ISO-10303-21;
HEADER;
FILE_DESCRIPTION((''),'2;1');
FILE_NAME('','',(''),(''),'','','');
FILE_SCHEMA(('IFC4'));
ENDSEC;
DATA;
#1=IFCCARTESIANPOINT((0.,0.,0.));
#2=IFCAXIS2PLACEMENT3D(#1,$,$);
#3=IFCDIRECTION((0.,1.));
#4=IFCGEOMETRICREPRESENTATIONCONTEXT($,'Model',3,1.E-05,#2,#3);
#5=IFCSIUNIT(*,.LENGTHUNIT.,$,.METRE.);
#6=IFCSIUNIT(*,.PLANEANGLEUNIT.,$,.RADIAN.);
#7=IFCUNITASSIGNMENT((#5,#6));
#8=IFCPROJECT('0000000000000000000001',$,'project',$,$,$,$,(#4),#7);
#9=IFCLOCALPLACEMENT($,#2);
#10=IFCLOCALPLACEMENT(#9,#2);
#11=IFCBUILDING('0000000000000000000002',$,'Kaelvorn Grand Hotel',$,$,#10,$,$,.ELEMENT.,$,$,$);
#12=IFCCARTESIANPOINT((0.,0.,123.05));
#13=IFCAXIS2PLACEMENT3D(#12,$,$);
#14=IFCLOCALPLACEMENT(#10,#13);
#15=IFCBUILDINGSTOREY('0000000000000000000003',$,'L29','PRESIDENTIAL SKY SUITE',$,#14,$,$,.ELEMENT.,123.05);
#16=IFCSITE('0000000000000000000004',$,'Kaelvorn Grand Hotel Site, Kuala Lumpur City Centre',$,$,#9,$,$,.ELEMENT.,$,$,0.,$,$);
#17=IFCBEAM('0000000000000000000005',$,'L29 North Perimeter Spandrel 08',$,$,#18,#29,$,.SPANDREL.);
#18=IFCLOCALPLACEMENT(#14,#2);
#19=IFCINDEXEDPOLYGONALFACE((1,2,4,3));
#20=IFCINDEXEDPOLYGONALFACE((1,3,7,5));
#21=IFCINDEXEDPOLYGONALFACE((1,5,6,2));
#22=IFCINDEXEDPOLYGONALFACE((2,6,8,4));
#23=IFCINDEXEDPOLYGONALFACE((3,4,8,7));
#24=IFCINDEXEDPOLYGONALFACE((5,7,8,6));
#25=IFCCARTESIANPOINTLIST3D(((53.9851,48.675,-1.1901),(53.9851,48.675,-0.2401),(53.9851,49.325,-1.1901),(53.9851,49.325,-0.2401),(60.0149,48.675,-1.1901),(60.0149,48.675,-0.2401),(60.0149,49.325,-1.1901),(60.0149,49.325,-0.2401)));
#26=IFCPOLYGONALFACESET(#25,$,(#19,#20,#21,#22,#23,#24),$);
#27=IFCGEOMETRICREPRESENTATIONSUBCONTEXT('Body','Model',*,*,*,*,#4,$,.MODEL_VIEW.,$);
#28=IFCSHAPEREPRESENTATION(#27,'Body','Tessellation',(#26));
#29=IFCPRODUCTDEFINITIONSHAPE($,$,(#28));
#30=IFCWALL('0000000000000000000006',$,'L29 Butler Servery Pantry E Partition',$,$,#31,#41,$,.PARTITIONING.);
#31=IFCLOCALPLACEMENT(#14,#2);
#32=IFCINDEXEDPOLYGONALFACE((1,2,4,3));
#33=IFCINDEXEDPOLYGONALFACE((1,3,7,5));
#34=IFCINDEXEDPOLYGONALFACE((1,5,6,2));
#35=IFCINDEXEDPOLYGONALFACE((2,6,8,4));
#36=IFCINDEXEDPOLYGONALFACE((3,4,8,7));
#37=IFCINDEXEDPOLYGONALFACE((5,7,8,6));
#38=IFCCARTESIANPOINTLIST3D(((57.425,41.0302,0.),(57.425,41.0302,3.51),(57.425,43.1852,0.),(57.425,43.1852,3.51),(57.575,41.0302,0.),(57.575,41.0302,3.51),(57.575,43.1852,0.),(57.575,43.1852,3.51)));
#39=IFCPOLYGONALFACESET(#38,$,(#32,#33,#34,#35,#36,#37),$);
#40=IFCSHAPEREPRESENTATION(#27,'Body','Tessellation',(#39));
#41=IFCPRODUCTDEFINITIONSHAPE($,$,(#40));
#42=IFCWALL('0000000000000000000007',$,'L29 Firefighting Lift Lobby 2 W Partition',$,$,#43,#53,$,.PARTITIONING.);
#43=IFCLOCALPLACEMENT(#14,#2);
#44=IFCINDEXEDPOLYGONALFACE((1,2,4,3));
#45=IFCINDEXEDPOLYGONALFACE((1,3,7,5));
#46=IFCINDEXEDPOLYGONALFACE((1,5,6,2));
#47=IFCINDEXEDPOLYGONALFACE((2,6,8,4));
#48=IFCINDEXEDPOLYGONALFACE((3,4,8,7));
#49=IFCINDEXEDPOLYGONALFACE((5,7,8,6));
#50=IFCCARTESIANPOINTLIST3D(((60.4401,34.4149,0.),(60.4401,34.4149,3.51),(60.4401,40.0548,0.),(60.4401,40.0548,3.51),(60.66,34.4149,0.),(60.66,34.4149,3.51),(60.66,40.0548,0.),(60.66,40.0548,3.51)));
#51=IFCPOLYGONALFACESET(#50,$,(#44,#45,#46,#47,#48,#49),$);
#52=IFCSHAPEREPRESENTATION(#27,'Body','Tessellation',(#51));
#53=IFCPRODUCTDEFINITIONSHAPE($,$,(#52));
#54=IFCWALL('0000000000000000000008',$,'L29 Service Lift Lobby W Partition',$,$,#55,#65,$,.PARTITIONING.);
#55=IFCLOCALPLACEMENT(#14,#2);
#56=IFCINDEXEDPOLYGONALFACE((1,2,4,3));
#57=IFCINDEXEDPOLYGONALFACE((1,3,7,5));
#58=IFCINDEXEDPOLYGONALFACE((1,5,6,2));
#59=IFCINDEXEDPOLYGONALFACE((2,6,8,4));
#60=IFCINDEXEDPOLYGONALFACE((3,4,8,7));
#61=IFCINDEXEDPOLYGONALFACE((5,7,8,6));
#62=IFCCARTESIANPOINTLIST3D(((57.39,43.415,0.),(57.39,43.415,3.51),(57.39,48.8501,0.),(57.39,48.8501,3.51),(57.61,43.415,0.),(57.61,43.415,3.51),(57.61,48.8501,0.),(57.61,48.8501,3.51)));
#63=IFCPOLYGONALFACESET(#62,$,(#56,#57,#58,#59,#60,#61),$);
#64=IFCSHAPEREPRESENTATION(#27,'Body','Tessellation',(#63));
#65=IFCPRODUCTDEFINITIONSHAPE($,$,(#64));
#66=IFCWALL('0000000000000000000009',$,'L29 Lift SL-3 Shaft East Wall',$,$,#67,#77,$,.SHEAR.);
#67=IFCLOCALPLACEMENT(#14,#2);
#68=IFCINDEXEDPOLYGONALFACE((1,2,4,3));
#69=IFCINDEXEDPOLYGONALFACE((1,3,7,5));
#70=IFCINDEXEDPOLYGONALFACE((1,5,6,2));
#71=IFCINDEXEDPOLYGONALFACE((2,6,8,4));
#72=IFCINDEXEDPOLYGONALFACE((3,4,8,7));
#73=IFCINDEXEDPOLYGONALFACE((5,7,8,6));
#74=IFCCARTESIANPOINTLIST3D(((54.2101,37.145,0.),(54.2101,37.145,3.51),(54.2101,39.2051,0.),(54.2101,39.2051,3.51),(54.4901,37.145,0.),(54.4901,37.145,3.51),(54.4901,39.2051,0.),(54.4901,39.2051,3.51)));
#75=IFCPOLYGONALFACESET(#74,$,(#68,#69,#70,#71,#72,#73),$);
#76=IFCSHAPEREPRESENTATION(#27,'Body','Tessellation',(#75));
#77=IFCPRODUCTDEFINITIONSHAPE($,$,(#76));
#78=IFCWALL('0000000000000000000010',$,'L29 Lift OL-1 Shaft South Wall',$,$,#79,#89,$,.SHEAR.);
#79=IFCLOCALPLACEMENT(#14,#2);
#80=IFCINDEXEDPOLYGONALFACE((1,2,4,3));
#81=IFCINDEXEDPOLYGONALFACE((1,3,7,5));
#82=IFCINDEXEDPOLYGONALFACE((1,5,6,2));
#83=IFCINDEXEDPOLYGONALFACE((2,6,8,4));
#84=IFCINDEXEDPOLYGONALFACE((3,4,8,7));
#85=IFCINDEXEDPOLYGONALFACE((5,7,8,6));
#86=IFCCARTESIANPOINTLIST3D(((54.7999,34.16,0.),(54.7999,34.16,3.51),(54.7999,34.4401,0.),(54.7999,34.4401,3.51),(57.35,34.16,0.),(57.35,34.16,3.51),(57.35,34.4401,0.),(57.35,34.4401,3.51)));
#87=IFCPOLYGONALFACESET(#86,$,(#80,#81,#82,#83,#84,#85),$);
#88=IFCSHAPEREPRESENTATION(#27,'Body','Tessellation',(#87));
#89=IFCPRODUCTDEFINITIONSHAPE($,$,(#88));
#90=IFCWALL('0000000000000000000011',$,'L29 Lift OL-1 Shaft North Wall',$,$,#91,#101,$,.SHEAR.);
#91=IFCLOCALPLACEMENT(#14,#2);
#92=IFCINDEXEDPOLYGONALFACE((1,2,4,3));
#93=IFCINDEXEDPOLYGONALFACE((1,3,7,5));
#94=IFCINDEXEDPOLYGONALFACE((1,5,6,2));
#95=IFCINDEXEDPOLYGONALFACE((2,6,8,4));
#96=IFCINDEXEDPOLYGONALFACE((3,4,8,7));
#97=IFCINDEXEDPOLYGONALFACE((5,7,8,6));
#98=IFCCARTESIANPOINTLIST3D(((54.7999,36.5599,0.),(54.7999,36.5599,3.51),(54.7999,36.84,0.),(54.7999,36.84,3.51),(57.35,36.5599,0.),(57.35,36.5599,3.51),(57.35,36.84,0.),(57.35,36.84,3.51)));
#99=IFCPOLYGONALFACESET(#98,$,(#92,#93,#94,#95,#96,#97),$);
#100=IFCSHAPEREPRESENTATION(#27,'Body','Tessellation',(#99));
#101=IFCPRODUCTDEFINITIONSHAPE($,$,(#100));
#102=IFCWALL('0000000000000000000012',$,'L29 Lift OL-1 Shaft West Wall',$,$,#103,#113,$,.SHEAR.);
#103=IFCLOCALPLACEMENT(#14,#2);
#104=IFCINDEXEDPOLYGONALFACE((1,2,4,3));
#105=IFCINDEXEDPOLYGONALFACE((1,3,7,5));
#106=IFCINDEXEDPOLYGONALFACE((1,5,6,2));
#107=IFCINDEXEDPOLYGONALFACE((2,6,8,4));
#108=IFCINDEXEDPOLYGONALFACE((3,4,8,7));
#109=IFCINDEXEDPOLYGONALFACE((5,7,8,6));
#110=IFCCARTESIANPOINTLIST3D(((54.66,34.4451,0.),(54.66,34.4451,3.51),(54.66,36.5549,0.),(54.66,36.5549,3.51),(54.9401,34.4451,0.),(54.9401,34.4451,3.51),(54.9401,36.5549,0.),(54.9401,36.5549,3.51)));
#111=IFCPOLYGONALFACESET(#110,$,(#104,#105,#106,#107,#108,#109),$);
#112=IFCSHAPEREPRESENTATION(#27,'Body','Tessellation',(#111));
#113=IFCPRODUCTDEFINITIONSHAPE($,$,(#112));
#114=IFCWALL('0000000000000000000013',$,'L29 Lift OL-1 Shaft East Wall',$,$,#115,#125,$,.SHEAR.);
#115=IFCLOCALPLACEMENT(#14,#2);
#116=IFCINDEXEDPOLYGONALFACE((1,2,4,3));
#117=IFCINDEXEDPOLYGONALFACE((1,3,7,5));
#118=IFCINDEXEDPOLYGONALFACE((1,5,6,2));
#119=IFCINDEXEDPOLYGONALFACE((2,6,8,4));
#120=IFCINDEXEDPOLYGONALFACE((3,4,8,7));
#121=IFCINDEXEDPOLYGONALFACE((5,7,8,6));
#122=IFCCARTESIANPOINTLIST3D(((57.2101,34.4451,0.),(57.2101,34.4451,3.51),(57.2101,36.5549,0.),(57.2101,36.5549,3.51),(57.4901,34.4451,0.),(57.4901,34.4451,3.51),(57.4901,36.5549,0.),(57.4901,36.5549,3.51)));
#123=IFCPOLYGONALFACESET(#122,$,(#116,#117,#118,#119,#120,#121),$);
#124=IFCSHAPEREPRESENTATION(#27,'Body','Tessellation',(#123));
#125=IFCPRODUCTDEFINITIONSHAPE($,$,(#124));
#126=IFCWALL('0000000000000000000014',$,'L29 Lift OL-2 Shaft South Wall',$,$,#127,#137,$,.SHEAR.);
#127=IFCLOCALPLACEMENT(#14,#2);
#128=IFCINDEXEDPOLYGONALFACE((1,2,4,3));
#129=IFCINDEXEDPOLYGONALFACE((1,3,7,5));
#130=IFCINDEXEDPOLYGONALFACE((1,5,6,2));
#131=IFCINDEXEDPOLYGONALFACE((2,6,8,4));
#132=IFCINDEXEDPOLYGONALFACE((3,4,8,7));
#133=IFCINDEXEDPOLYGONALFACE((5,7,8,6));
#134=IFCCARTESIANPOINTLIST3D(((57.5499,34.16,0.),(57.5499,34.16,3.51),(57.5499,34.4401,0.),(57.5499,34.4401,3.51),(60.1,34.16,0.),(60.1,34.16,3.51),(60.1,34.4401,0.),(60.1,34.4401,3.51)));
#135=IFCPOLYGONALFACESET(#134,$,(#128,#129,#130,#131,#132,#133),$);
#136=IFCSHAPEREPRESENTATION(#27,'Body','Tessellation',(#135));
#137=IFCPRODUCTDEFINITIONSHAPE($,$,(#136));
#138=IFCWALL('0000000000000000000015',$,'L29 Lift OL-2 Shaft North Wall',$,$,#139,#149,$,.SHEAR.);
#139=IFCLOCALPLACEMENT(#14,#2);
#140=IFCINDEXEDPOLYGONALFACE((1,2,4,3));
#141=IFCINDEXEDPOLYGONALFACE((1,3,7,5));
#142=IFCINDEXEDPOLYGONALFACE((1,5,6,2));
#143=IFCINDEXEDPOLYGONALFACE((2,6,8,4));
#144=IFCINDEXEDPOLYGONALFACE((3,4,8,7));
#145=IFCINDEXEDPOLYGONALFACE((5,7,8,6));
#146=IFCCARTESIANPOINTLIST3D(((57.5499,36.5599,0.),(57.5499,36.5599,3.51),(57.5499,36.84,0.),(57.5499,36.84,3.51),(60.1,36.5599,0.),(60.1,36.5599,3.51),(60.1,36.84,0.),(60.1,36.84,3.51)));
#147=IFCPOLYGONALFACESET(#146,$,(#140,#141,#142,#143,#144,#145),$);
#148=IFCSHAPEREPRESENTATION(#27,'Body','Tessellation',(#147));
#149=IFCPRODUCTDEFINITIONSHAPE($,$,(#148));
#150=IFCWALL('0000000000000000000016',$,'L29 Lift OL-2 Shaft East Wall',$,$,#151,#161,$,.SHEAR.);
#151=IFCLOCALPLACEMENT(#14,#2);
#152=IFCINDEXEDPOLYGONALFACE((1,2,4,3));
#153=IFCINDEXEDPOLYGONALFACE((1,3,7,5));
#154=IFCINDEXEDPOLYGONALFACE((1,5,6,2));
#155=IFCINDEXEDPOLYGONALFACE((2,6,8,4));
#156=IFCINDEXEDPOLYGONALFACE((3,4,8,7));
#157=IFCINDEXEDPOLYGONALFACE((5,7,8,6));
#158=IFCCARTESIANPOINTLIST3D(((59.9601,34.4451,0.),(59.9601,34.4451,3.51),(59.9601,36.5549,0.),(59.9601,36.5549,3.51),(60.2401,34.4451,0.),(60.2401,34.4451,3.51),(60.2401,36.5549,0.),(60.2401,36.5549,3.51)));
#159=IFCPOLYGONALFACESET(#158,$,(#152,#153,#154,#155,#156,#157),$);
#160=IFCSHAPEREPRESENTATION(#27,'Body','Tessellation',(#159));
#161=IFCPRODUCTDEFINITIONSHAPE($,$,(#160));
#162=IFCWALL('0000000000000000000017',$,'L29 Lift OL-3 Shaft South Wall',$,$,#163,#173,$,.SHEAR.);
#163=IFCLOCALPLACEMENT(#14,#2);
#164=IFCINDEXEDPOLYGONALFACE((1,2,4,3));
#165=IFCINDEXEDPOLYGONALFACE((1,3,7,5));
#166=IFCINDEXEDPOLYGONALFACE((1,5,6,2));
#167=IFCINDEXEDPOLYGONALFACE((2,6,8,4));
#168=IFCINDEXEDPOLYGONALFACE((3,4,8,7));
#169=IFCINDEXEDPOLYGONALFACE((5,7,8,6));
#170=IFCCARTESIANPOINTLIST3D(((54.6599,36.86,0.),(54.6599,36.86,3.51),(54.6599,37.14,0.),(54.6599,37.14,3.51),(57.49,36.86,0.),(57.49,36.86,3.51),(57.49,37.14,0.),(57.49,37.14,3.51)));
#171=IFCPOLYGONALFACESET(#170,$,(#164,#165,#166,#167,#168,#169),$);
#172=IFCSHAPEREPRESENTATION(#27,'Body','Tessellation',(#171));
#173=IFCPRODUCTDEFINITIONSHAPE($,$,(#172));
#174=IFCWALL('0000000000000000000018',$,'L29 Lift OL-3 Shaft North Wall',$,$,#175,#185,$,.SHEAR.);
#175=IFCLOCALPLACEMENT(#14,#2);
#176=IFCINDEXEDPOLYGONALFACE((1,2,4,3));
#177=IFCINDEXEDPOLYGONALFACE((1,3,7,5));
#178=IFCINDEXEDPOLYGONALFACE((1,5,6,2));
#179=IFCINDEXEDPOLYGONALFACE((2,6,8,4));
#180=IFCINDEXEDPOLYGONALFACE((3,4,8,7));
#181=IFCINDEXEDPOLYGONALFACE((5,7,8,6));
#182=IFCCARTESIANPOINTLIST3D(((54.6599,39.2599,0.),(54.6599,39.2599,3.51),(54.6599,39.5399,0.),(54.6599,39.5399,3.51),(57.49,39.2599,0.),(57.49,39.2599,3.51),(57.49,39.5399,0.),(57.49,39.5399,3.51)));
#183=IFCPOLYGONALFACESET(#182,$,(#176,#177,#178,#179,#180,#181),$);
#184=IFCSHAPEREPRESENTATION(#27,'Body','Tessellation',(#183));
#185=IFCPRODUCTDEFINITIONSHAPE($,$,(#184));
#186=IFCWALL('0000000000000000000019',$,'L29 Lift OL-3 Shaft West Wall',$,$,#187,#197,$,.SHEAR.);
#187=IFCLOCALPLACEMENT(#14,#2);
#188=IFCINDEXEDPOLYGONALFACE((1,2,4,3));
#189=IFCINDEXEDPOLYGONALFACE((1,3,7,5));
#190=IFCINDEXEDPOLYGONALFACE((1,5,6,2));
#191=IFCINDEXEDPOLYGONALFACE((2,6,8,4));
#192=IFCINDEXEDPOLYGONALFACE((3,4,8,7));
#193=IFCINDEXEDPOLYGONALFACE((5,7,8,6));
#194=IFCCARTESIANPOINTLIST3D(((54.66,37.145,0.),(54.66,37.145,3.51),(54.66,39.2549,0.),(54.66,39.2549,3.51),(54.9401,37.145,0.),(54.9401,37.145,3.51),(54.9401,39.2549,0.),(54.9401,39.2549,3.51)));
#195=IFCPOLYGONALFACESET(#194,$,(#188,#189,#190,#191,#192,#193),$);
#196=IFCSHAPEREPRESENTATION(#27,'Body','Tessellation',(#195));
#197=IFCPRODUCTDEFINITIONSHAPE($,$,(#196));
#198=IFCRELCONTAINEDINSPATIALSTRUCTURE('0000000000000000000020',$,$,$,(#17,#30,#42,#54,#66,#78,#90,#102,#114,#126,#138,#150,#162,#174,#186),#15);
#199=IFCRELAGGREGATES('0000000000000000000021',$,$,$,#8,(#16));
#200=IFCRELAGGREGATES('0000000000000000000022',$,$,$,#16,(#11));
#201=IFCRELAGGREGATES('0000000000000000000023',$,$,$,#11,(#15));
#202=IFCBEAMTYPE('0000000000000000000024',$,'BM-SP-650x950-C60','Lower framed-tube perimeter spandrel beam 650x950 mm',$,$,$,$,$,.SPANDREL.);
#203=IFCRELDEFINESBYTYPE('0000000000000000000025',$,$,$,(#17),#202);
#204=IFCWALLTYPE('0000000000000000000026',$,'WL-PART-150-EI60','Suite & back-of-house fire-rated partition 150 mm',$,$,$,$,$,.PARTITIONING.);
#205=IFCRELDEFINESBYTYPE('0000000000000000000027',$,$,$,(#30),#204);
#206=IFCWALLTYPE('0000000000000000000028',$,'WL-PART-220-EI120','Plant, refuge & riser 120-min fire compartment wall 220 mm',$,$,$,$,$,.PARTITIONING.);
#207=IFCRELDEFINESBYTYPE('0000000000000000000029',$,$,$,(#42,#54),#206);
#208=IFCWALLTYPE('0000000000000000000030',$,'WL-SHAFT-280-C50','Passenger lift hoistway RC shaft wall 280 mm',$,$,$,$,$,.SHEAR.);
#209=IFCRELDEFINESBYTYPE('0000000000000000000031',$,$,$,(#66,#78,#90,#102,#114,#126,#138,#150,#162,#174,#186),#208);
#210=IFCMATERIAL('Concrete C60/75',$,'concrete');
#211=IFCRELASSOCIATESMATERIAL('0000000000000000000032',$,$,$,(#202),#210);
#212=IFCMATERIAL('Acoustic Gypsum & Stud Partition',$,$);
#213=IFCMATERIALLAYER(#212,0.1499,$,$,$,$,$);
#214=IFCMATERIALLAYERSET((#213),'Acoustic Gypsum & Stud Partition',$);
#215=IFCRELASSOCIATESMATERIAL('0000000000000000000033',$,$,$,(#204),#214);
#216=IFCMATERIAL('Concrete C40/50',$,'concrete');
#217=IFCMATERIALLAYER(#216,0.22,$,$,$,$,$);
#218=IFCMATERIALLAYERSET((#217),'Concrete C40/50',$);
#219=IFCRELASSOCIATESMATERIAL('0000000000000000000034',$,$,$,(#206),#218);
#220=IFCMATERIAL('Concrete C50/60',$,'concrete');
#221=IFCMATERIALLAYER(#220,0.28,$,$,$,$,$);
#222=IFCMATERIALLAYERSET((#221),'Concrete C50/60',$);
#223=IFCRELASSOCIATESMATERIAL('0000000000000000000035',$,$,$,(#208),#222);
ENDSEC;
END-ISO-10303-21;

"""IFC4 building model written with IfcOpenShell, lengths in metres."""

from ifc_helpers import new_model, si_unit, direction, frame, frame_2d, origin, origin_2d, place, context, subcontext, project, spatial, rectangle, extrude, material, layer, layer_set, material_profile, profile_set, type_object, element, save


model = new_model("IFC4")

# Units and contexts
model_context = context("Model", 3, precision=1e-05, world=origin(), true_north=direction((0.0, 1.0)))
body_context = subcontext(model_context, "Body", "Model", "MODEL_VIEW")
ifc_project = project(units=[si_unit("LENGTHUNIT", "METRE"), si_unit("PLANEANGLEUNIT", "RADIAN")], contexts=[model_context])

# Site, building, storey
site_placement = place(None, origin())
site = spatial("IfcSite", under=ifc_project, at=site_placement, Name="Kaelvorn Grand Hotel Site, Kuala Lumpur City Centre", CompositionType="ELEMENT", RefElevation=0.0)
building_placement = place(site_placement, origin())
building = spatial("IfcBuilding", under=site, at=building_placement, Name="Kaelvorn Grand Hotel", CompositionType="ELEMENT")
storey_placement = place(building_placement, frame((0.0, 0.0, 123.05)))
storey = spatial("IfcBuildingStorey", under=building, at=storey_placement, Name="L29", Description="PRESIDENTIAL SKY SUITE", CompositionType="ELEMENT", Elevation=123.05)

# Beam
ifc_material_1 = material(Name="Concrete C60/75", Category="concrete")
ifc_material_profile = material_profile(ifc_material_1, rectangle(XDim=0.6499, YDim=0.95, at=origin_2d()), Name="RC SPANDREL 650x950")
ifc_profile_set = profile_set([ifc_material_profile], Name="Concrete C60/75")
beam_type = type_object("IfcBeamType", Name="BM-SP-650x950-C60", Description="Lower framed-tube perimeter spandrel beam 650x950 mm", PredefinedType="SPANDREL", material=ifc_profile_set)
beam_placement = place(storey_placement, frame((53.9851, 49.0, -0.7151), z_axis=(1.0, 0.0, 0.0), x_axis=(0.0, 1.0, 0.0)))
element("IfcBeam", 1, at=beam_placement, inside=storey, type_object=beam_type, Name="L29 North Perimeter Spandrel 08", PredefinedType="SPANDREL", context=body_context, shape_type="SweptSolid", body=[
    extrude(rectangle(XDim=0.6499, YDim=0.95, at=origin_2d()), origin(), (0.0, 0.0, 1.0), 6.0298),
])

# Wall
ifc_material_2 = material(Name="Acoustic Gypsum & Stud Partition")
ifc_layer_1 = layer(ifc_material_2, 0.1499)
ifc_layer_set_1 = layer_set([ifc_layer_1], Name="Acoustic Gypsum & Stud Partition")
wall_type_1 = type_object("IfcWallType", Name="WL-PART-150-EI60", Description="Suite & back-of-house fire-rated partition 150 mm", PredefinedType="PARTITIONING", material=ifc_layer_set_1)
wall_1_placement = place(storey_placement, frame((57.5, 41.03, 0.0), z_axis=(0.0, 0.0, 1.0), x_axis=(0.0, 1.0, 0.0)))
element("IfcWall", 2, at=wall_1_placement, inside=storey, type_object=wall_type_1, Name="L29 Butler Servery Pantry E Partition", PredefinedType="PARTITIONING", context=body_context, shape_type="SweptSolid", body=[
    extrude(rectangle(XDim=2.155, YDim=0.1499, at=frame_2d((1.0776, 0.0))), origin(), (0.0, 0.0, 1.0), 3.51),
])

# Shared definitions
ifc_material_3 = material(Name="Concrete C40/50", Category="concrete")
ifc_layer_2 = layer(ifc_material_3, 0.22)
ifc_layer_set_2 = layer_set([ifc_layer_2], Name="Concrete C40/50")
wall_type_2 = type_object("IfcWallType", Name="WL-PART-220-EI120", Description="Plant, refuge & riser 120-min fire compartment wall 220 mm", PredefinedType="PARTITIONING", material=ifc_layer_set_2)

# Wall
wall_2_placement = place(storey_placement, frame((60.55, 34.415, 0.0), z_axis=(0.0, 0.0, 1.0), x_axis=(0.0, 1.0, 0.0)))
element("IfcWall", 3, at=wall_2_placement, inside=storey, type_object=wall_type_2, Name="L29 Firefighting Lift Lobby 2 W Partition", PredefinedType="PARTITIONING", context=body_context, shape_type="SweptSolid", body=[
    extrude(rectangle(XDim=5.6399, YDim=0.22, at=frame_2d((2.8198, 0.0))), origin(), (0.0, 0.0, 1.0), 3.51),
])

# Walls
wall_3_placement = place(storey_placement, frame((57.5, 43.415, 0.0), z_axis=(0.0, 0.0, 1.0), x_axis=(0.0, 1.0, 0.0)))
element("IfcWall", 4, at=wall_3_placement, inside=storey, type_object=wall_type_2, Name="L29 Service Lift Lobby W Partition", PredefinedType="PARTITIONING", context=body_context, shape_type="SweptSolid", body=[
    extrude(rectangle(XDim=5.4351, YDim=0.22, at=frame_2d((2.7175, 0.0))), origin(), (0.0, 0.0, 1.0), 3.51),
])
ifc_material_4 = material(Name="Concrete C50/60", Category="concrete")
ifc_layer_3 = layer(ifc_material_4, 0.28)
ifc_layer_set_3 = layer_set([ifc_layer_3], Name="Concrete C50/60")
wall_type_3 = type_object("IfcWallType", Name="WL-SHAFT-280-C50", Description="Passenger lift hoistway RC shaft wall 280 mm", PredefinedType="SHEAR", material=ifc_layer_set_3)
wall_4_placement = place(storey_placement, frame((54.3501, 37.145, 0.0), z_axis=(0.0, 0.0, 1.0), x_axis=(0.0, 1.0, 0.0)))
element("IfcWall", 5, at=wall_4_placement, inside=storey, type_object=wall_type_3, Name="L29 Lift SL-3 Shaft East Wall", PredefinedType="SHEAR", context=body_context, shape_type="SweptSolid", body=[
    extrude(rectangle(XDim=2.0601, YDim=0.28, at=frame_2d((1.03, 0.0))), origin(), (0.0, 0.0, 1.0), 3.51),
])
for number, where, z_axis, x_axis, name in (
    (6, (54.8, 34.3, 0.0), (0.0, 0.0, 1.0), (1.0, 0.0, 0.0), "L29 Lift OL-1 Shaft South Wall"),
    (7, (54.8, 36.7, 0.0), (0.0, 0.0, 1.0), (1.0, 0.0, 0.0), "L29 Lift OL-1 Shaft North Wall"),
):
    element("IfcWall", number, at=place(storey_placement, frame(where, z_axis=z_axis, x_axis=x_axis)), inside=storey, type_object=wall_type_3, Name=name, PredefinedType="SHEAR", context=body_context, shape_type="SweptSolid", body=[
        extrude(rectangle(XDim=2.55, YDim=0.28, at=frame_2d((1.2749, 0.0))), origin(), (0.0, 0.0, 1.0), 3.51),
    ])
for number, where, z_axis, x_axis, name in (
    (8, (54.8, 34.4451, 0.0), (0.0, 0.0, 1.0), (0.0, 1.0, 0.0), "L29 Lift OL-1 Shaft West Wall"),
    (9, (57.3501, 34.4451, 0.0), (0.0, 0.0, 1.0), (0.0, 1.0, 0.0), "L29 Lift OL-1 Shaft East Wall"),
):
    element("IfcWall", number, at=place(storey_placement, frame(where, z_axis=z_axis, x_axis=x_axis)), inside=storey, type_object=wall_type_3, Name=name, PredefinedType="SHEAR", context=body_context, shape_type="SweptSolid", body=[
        extrude(rectangle(XDim=2.1099, YDim=0.28, at=frame_2d((1.0549, 0.0))), origin(), (0.0, 0.0, 1.0), 3.51),
    ])
for number, where, z_axis, x_axis, name in (
    (10, (57.55, 34.3, 0.0), (0.0, 0.0, 1.0), (1.0, 0.0, 0.0), "L29 Lift OL-2 Shaft South Wall"),
    (11, (57.55, 36.7, 0.0), (0.0, 0.0, 1.0), (1.0, 0.0, 0.0), "L29 Lift OL-2 Shaft North Wall"),
):
    element("IfcWall", number, at=place(storey_placement, frame(where, z_axis=z_axis, x_axis=x_axis)), inside=storey, type_object=wall_type_3, Name=name, PredefinedType="SHEAR", context=body_context, shape_type="SweptSolid", body=[
        extrude(rectangle(XDim=2.55, YDim=0.28, at=frame_2d((1.2749, 0.0))), origin(), (0.0, 0.0, 1.0), 3.51),
    ])
wall_5_placement = place(storey_placement, frame((60.1001, 34.4451, 0.0), z_axis=(0.0, 0.0, 1.0), x_axis=(0.0, 1.0, 0.0)))
element("IfcWall", 12, at=wall_5_placement, inside=storey, type_object=wall_type_3, Name="L29 Lift OL-2 Shaft East Wall", PredefinedType="SHEAR", context=body_context, shape_type="SweptSolid", body=[
    extrude(rectangle(XDim=2.1099, YDim=0.28, at=frame_2d((1.0549, 0.0))), origin(), (0.0, 0.0, 1.0), 3.51),
])
for number, where, z_axis, x_axis, name in (
    (13, (54.6599, 37.0, 0.0), (0.0, 0.0, 1.0), (1.0, 0.0, 0.0), "L29 Lift OL-3 Shaft South Wall"),
    (14, (54.6599, 39.3999, 0.0), (0.0, 0.0, 1.0), (1.0, 0.0, 0.0), "L29 Lift OL-3 Shaft North Wall"),
):
    element("IfcWall", number, at=place(storey_placement, frame(where, z_axis=z_axis, x_axis=x_axis)), inside=storey, type_object=wall_type_3, Name=name, PredefinedType="SHEAR", context=body_context, shape_type="SweptSolid", body=[
        extrude(rectangle(XDim=2.8301, YDim=0.28, at=frame_2d((1.415, 0.0))), origin(), (0.0, 0.0, 1.0), 3.51),
    ])
for number, where, z_axis, x_axis, name in (
    (15, (54.8, 37.145, 0.0), (0.0, 0.0, 1.0), (0.0, 1.0, 0.0), "L29 Lift OL-3 Shaft West Wall"),
):
    element("IfcWall", number, at=place(storey_placement, frame(where, z_axis=z_axis, x_axis=x_axis)), inside=storey, type_object=wall_type_3, Name=name, PredefinedType="SHEAR", context=body_context, shape_type="SweptSolid", body=[
        extrude(rectangle(XDim=2.1099, YDim=0.28, at=frame_2d((1.0549, 0.0))), origin(), (0.0, 0.0, 1.0), 3.51),
    ])

save(model, "model.ifc")
